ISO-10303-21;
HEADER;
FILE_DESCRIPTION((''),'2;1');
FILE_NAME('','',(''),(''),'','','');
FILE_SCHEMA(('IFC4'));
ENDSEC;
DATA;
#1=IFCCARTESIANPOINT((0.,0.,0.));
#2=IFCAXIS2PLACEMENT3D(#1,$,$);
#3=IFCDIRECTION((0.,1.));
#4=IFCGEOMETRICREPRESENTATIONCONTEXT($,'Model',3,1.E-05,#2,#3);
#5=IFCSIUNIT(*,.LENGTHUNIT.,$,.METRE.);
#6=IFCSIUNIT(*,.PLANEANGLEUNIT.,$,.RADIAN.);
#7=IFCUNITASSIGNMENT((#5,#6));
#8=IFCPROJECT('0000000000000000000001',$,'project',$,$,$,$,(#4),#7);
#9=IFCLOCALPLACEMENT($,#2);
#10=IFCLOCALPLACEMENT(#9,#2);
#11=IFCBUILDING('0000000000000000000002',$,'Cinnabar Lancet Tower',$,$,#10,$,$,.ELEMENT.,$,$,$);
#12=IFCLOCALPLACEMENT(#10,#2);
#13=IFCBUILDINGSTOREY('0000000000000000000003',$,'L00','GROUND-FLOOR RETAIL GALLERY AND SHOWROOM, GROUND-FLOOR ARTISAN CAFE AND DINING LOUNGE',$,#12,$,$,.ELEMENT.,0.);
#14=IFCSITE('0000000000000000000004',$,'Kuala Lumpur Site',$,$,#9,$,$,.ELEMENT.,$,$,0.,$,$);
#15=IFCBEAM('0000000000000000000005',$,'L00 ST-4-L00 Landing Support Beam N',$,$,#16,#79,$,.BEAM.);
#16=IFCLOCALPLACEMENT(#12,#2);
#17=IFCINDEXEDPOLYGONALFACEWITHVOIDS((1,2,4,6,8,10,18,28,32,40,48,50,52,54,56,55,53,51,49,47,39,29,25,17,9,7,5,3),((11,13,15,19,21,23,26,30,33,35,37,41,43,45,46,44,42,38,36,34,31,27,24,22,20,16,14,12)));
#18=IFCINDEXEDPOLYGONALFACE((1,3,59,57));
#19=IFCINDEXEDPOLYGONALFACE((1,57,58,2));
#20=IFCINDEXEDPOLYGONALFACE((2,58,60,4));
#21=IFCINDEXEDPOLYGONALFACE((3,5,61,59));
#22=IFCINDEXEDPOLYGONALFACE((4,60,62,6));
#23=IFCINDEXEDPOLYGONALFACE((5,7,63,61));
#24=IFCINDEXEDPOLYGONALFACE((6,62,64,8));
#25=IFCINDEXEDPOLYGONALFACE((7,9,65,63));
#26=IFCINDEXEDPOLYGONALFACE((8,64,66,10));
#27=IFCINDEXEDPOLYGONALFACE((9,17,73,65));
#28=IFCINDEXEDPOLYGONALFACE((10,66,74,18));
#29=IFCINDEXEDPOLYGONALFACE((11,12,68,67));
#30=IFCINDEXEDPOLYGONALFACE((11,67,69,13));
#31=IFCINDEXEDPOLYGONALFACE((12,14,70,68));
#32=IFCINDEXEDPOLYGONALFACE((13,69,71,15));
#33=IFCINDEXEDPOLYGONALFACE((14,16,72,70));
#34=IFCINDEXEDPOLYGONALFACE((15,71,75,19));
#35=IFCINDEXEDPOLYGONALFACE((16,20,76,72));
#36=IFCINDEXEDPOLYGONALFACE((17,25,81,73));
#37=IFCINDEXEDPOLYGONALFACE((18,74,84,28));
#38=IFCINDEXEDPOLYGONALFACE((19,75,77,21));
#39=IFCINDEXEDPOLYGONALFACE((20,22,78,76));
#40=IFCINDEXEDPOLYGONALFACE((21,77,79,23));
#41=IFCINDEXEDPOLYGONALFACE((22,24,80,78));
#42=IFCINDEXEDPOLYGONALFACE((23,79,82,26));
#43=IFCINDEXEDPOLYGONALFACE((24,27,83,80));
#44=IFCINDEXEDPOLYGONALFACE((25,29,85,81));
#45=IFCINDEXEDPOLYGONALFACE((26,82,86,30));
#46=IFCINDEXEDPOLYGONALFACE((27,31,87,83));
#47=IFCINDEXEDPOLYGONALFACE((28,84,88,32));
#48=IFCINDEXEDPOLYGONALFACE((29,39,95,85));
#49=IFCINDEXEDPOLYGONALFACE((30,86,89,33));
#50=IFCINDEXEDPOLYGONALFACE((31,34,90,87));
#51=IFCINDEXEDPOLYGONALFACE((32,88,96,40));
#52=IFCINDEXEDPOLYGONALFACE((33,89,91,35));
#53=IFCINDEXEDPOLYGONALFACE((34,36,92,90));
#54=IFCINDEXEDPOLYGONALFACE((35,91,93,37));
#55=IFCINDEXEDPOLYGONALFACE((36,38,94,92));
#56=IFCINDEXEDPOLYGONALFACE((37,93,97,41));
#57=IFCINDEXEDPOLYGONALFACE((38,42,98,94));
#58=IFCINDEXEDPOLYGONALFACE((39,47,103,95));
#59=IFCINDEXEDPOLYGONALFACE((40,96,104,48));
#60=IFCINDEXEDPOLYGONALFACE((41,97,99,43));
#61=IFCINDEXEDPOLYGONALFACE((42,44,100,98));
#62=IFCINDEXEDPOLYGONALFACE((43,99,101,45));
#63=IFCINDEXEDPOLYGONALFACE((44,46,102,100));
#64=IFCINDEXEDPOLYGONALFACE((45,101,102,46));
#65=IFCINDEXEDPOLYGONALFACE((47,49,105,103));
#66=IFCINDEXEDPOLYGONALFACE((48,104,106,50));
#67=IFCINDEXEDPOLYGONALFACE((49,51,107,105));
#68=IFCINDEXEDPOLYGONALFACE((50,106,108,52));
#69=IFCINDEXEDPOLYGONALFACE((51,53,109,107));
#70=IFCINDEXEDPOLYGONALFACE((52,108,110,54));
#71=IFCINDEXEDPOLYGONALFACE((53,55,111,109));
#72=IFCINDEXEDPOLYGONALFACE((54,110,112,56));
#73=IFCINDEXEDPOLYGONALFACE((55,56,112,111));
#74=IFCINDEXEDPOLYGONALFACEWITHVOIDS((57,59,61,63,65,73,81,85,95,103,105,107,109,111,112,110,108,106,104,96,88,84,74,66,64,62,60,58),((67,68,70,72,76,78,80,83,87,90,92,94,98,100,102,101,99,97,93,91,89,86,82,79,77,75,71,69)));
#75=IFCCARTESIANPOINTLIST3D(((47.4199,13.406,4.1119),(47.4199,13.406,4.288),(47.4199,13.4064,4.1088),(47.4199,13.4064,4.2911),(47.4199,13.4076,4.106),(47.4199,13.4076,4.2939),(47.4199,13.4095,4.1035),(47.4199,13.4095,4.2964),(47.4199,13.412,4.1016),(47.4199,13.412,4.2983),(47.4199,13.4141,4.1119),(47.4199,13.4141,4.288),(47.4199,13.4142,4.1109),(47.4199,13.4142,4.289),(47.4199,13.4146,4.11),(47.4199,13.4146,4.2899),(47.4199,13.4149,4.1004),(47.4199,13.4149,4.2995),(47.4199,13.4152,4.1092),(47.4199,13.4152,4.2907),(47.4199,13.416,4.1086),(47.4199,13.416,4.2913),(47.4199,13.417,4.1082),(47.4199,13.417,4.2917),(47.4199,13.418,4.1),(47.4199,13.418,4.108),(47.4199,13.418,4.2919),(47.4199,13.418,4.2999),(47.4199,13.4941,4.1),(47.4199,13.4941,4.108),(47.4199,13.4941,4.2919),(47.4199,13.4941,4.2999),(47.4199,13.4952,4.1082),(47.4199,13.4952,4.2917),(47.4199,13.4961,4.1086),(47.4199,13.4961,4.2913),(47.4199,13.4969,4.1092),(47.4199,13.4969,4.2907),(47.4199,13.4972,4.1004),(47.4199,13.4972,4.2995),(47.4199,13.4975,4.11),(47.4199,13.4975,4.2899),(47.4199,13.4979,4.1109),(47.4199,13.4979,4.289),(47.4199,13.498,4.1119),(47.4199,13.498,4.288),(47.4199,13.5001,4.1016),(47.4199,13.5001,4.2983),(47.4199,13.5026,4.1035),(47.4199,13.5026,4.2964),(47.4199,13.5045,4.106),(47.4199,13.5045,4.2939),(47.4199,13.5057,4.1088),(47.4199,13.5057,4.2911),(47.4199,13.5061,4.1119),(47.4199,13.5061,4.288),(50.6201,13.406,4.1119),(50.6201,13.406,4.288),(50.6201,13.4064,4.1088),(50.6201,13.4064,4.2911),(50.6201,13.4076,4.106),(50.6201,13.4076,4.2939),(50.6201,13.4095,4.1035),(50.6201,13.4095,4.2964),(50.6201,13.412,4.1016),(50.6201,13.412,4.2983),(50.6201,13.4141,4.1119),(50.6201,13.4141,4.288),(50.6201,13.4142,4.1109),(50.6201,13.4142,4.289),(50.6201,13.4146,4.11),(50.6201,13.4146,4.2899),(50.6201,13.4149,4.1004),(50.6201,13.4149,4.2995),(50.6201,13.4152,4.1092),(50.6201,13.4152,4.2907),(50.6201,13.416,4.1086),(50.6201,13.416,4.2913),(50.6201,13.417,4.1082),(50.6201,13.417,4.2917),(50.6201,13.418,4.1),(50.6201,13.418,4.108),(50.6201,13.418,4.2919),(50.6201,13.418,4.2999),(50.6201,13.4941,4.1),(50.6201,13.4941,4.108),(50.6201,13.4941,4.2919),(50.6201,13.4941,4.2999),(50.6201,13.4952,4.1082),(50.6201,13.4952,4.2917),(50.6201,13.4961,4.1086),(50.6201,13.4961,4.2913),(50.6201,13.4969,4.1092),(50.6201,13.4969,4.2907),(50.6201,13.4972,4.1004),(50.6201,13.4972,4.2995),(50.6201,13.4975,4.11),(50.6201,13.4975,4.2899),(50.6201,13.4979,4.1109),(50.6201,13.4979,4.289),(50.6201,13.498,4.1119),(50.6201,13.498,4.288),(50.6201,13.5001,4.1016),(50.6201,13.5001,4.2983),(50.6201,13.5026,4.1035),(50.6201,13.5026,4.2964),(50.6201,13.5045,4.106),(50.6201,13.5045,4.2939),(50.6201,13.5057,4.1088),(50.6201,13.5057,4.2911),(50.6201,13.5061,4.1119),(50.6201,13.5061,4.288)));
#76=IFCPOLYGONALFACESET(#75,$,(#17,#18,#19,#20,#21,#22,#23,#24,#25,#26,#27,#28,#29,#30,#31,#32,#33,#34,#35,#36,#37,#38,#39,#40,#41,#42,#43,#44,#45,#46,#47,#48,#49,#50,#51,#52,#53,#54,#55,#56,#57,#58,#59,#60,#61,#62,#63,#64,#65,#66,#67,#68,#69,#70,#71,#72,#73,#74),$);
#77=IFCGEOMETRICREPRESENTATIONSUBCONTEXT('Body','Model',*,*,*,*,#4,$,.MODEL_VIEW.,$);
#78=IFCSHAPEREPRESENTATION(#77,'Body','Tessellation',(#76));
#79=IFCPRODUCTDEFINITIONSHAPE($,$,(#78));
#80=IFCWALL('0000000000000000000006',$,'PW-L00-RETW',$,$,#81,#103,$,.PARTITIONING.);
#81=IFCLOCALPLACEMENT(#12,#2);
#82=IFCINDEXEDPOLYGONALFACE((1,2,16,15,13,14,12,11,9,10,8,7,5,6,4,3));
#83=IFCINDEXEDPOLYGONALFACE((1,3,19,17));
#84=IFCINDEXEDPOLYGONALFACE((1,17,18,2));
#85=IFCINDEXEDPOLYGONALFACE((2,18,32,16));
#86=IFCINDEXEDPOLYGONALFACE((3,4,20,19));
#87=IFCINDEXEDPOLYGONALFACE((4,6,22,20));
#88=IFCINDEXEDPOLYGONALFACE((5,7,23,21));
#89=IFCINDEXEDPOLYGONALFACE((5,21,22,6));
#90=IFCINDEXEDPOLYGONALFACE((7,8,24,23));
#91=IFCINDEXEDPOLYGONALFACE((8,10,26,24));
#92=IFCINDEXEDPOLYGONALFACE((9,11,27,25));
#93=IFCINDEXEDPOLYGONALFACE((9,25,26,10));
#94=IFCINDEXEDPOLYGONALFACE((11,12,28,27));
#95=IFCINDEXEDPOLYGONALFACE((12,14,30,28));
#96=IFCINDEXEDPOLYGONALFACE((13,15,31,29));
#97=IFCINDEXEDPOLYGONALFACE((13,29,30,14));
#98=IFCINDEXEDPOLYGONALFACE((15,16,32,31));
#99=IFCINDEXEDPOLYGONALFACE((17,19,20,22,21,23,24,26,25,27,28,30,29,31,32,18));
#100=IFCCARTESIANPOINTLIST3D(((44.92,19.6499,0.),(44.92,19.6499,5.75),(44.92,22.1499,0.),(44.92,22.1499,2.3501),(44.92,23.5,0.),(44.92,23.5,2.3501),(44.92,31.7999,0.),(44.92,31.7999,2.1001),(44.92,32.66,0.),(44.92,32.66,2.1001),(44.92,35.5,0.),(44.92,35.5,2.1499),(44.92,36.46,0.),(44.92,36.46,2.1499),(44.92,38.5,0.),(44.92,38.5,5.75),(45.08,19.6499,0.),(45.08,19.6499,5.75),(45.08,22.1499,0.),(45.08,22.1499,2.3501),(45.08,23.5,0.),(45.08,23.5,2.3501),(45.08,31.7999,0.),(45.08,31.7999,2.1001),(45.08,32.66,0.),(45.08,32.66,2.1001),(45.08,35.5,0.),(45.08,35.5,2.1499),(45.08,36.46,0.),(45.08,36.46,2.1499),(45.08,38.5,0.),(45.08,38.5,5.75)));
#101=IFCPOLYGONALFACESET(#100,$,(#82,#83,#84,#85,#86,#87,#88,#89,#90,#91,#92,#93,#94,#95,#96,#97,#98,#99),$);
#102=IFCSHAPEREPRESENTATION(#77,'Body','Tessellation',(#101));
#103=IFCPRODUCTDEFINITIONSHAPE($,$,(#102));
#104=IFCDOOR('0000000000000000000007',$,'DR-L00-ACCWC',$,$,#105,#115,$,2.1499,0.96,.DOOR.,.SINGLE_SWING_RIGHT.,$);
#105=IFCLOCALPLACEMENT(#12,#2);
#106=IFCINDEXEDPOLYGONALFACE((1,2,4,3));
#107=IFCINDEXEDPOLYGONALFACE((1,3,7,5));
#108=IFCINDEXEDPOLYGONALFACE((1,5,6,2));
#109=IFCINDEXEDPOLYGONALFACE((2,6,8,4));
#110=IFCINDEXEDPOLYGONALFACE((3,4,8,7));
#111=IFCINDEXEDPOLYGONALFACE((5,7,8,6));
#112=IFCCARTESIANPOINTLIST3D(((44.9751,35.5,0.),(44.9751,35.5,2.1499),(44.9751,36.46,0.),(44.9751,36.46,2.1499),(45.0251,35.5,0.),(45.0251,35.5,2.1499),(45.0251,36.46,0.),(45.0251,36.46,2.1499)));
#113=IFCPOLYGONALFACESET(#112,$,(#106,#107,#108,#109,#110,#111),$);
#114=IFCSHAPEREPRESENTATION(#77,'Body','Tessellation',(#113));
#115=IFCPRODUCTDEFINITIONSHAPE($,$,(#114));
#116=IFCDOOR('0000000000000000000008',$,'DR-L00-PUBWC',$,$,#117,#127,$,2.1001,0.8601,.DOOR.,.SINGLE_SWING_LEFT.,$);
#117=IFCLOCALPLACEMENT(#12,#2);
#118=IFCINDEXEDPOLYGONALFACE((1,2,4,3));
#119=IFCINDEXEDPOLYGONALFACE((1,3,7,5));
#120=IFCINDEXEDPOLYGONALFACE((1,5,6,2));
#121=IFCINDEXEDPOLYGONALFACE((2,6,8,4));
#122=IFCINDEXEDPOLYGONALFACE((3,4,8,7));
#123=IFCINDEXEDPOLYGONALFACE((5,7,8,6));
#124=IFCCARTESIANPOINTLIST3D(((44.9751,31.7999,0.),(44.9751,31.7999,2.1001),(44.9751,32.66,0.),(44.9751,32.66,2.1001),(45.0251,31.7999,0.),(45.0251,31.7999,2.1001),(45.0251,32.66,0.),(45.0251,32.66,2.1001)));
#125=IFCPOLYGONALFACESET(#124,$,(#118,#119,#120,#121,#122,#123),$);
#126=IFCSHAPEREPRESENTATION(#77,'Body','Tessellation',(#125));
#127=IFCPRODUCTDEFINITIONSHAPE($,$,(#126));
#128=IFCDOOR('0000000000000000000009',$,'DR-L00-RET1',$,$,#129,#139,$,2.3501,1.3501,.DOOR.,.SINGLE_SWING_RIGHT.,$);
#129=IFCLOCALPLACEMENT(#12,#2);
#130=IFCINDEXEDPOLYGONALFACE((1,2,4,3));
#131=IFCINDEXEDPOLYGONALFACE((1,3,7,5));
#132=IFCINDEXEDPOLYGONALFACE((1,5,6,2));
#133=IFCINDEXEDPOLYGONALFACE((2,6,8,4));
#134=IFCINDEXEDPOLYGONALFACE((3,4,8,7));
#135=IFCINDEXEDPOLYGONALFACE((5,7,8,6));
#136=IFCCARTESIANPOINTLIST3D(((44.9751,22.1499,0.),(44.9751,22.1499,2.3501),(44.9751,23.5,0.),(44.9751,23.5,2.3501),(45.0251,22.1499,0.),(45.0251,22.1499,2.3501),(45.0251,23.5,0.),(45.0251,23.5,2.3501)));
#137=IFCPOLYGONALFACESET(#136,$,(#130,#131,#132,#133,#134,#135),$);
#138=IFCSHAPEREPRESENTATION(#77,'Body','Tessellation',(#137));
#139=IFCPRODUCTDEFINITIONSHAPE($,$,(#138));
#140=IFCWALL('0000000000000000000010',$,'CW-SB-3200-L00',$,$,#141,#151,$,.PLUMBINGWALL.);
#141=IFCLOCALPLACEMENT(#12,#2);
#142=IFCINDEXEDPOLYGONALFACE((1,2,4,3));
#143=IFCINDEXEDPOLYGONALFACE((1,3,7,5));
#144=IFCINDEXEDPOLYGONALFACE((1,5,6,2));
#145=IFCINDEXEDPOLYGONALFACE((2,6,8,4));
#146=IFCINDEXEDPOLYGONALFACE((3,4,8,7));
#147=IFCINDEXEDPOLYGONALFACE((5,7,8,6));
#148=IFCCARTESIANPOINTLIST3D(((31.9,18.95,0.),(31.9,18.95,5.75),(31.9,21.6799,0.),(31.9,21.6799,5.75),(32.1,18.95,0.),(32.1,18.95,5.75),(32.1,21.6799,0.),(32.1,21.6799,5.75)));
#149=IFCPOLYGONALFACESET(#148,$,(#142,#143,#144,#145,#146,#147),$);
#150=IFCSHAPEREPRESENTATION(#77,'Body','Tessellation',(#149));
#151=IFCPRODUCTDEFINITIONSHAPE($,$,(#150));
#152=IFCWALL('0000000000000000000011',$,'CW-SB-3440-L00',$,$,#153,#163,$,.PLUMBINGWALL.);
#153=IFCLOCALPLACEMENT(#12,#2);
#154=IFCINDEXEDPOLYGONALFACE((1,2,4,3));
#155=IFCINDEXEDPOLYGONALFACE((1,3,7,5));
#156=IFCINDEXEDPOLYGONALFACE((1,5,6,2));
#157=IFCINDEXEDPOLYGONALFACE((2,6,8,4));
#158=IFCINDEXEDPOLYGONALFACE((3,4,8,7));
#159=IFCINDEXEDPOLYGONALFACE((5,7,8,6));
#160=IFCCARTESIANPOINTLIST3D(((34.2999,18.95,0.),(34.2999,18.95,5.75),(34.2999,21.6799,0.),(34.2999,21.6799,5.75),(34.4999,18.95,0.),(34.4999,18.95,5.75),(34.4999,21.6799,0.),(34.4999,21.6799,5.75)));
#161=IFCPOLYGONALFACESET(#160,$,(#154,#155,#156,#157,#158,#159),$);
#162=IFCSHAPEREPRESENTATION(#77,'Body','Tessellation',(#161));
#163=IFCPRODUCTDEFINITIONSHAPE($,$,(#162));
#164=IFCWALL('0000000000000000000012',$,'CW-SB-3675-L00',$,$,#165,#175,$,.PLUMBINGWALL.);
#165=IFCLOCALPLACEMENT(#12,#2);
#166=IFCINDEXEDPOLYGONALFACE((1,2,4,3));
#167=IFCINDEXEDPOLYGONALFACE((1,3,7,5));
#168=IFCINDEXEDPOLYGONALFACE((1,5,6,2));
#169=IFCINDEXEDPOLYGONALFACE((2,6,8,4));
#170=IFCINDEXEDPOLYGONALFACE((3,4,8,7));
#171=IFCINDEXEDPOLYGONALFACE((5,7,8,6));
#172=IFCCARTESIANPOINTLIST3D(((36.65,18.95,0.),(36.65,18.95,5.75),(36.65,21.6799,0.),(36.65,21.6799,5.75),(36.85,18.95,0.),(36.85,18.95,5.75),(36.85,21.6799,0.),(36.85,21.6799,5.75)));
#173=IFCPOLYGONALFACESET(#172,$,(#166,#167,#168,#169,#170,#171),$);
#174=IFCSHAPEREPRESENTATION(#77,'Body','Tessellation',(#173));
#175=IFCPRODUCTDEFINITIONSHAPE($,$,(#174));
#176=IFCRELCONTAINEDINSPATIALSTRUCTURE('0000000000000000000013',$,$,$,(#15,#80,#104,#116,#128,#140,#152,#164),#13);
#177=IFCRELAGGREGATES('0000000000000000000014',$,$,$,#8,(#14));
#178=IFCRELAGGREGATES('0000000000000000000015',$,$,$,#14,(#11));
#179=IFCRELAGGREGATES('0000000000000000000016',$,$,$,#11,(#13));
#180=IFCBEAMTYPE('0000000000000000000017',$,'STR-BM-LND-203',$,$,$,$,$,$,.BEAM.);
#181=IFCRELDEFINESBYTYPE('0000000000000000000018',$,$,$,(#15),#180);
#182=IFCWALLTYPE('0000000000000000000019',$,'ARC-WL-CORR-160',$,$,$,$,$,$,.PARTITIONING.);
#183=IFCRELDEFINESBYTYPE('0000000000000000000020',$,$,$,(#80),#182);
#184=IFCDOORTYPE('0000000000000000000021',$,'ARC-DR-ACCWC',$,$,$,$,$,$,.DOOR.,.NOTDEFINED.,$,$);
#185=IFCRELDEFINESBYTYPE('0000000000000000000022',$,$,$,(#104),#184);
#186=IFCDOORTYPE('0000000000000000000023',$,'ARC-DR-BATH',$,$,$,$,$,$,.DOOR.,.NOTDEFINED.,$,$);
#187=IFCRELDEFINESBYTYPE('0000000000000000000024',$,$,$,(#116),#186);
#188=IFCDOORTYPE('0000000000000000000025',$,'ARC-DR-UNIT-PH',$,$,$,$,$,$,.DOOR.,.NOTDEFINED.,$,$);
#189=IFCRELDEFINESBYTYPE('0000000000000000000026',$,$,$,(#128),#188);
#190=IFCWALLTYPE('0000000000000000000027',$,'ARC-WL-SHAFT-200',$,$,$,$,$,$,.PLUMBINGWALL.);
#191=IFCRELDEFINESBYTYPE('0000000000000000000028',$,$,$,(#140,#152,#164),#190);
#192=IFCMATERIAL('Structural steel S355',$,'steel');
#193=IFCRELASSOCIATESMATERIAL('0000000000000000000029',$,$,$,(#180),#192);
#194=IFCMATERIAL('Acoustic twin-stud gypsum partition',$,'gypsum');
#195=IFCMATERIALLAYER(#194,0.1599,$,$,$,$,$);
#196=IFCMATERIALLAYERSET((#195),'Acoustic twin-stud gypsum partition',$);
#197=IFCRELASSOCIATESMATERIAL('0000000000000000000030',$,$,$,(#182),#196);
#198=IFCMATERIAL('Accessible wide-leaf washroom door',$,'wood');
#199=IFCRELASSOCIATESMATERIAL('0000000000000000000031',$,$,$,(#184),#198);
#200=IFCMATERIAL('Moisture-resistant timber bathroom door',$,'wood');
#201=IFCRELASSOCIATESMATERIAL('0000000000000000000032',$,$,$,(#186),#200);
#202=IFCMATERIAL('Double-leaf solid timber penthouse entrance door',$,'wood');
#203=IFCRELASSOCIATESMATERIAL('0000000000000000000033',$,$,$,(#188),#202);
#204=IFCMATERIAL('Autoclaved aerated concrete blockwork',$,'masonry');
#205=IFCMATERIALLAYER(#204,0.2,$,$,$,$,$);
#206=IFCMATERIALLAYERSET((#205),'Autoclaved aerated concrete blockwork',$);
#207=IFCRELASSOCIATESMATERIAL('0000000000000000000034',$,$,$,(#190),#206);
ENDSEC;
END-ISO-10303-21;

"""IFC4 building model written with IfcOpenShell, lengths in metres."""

from ifc_helpers import new_model, si_unit, direction, frame, frame_2d, origin, origin_2d, place, context, subcontext, project, spatial, rectangle, hollow_rectangle, extrude, material, layer, layer_set, material_profile, profile_set, type_object, element, fill, save


model = new_model("IFC4")

# Units and contexts
model_context = context("Model", 3, precision=1e-05, world=origin(), true_north=direction((0.0, 1.0)))
body_context = subcontext(model_context, "Body", "Model", "MODEL_VIEW")
ifc_project = project(units=[si_unit("LENGTHUNIT", "METRE"), si_unit("PLANEANGLEUNIT", "RADIAN")], contexts=[model_context])

# Site, building, storey
site_placement = place(None, origin())
site = spatial("IfcSite", under=ifc_project, at=site_placement, Name="Kuala Lumpur Site", CompositionType="ELEMENT", RefElevation=0.0)
building_placement = place(site_placement, origin())
building = spatial("IfcBuilding", under=site, at=building_placement, Name="Cinnabar Lancet Tower", CompositionType="ELEMENT")
storey_placement = place(building_placement, origin())
storey = spatial("IfcBuildingStorey", under=building, at=storey_placement, Name="L00", Description="GROUND-FLOOR RETAIL GALLERY AND SHOWROOM, GROUND-FLOOR ARTISAN CAFE AND DINING LOUNGE", CompositionType="ELEMENT", Elevation=0.0)

# Beam
ifc_material_1 = material(Name="Structural steel S355", Category="steel")
ifc_material_profile_1 = material_profile(ifc_material_1, hollow_rectangle(XDim=0.1001, YDim=0.2, WallThickness=0.0081, InnerFilletRadius=0.0039, OuterFilletRadius=0.012, at=origin_2d()), Name="RHS 200x100x8")
ifc_profile_set_1 = profile_set([ifc_material_profile_1], Name="Structural steel S355")
beam_type_1 = type_object("IfcBeamType", Name="STR-BM-LND-203", PredefinedType="BEAM", material=ifc_profile_set_1)
for number, where, z_axis, x_axis, name in (
    (1, (47.4199, 13.4561, 4.2), (1.0, 0.0, 0.0), (0.0, 1.0, 0.0), "L00 ST-4-L00 Landing Support Beam N"),
):
    element("IfcBeam", number, at=place(storey_placement, frame(where, z_axis=z_axis, x_axis=x_axis)), inside=storey, type_object=beam_type_1, Name=name, PredefinedType="BEAM", context=body_context, shape_type="SweptSolid", body=[
        extrude(hollow_rectangle(XDim=0.1001, YDim=0.2, WallThickness=0.0081, InnerFilletRadius=0.0039, OuterFilletRadius=0.012, at=origin_2d()), origin(), (0.0, 0.0, 1.0), 3.2002),
    ])

# Wall, openings, doors
ifc_material_2 = material(Name="Acoustic twin-stud gypsum partition", Category="gypsum")
ifc_layer_1 = layer(ifc_material_2, 0.1599)
ifc_layer_set_1 = layer_set([ifc_layer_1], Name="Acoustic twin-stud gypsum partition")
wall_type_1 = type_object("IfcWallType", Name="ARC-WL-CORR-160", PredefinedType="PARTITIONING", material=ifc_layer_set_1)
wall_1_placement = place(storey_placement, frame((45.0, 19.6499, 0.0), z_axis=(0.0, 0.0, 1.0), x_axis=(0.0, 1.0, 0.0)))
wall_1 = element("IfcWall", 2, at=wall_1_placement, inside=storey, type_object=wall_type_1, Name="PW-L00-RETW", PredefinedType="PARTITIONING", context=body_context, shape_type="SweptSolid", body=[
    extrude(rectangle(XDim=18.8501, YDim=0.1599, at=frame_2d((9.425, 0.0))), origin(), (0.0, 0.0, 1.0), 5.75),
])
opening_1_placement = place(wall_1_placement, frame((2.5, 0.0, 0.0)))
opening_1 = element("IfcOpeningElement", 3, at=opening_1_placement, cuts=wall_1, PredefinedType="OPENING", context=body_context, shape_type="SweptSolid", body=[
    extrude(rectangle(XDim=1.3501, YDim=2.3501, at=frame_2d((0.675, 1.175))), frame((0.0, 0.0898, 0.0), z_axis=(0.0, -1.0, 0.0), x_axis=(1.0, 0.0, 0.0)), (0.0, 0.0, 1.0), 0.1799),
])
opening_2_placement = place(wall_1_placement, frame((12.1499, 0.0, 0.0)))
opening_2 = element("IfcOpeningElement", 4, at=opening_2_placement, cuts=wall_1, PredefinedType="OPENING", context=body_context, shape_type="SweptSolid", body=[
    extrude(rectangle(XDim=0.8601, YDim=2.1001, at=frame_2d((0.4302, 1.05))), frame((0.0, 0.0898, 0.0), z_axis=(0.0, -1.0, 0.0), x_axis=(1.0, 0.0, 0.0)), (0.0, 0.0, 1.0), 0.1799),
])
opening_3_placement = place(wall_1_placement, frame((15.8501, 0.0, 0.0)))
opening_3 = element("IfcOpeningElement", 5, at=opening_3_placement, cuts=wall_1, PredefinedType="OPENING", context=body_context, shape_type="SweptSolid", body=[
    extrude(rectangle(XDim=0.96, YDim=2.1499, at=frame_2d((0.48, 1.075))), frame((0.0, 0.0898, 0.0), z_axis=(0.0, -1.0, 0.0), x_axis=(1.0, 0.0, 0.0)), (0.0, 0.0, 1.0), 0.1799),
])
ifc_material_3 = material(Name="Accessible wide-leaf washroom door", Category="wood")
door_type_1 = type_object("IfcDoorType", Name="ARC-DR-ACCWC", OperationType="NOTDEFINED", PredefinedType="DOOR", material=ifc_material_3)
door_1_placement = place(opening_3_placement, origin())
door_1 = element("IfcDoor", 6, at=door_1_placement, inside=storey, type_object=door_type_1, Name="DR-L00-ACCWC", OperationType="SINGLE_SWING_RIGHT", OverallHeight=2.1499, OverallWidth=0.96, PredefinedType="DOOR", context=body_context, shape_type="SweptSolid", body=[
    extrude(rectangle(XDim=0.96, YDim=2.1499, at=frame_2d((0.48, 1.075))), frame((0.0, 0.0249, 0.0), z_axis=(0.0, -1.0, 0.0), x_axis=(1.0, 0.0, 0.0)), (0.0, 0.0, 1.0), 0.05),
])
fill(opening_3, door_1)
ifc_material_4 = material(Name="Moisture-resistant timber bathroom door", Category="wood")
door_type_2 = type_object("IfcDoorType", Name="ARC-DR-BATH", OperationType="NOTDEFINED", PredefinedType="DOOR", material=ifc_material_4)
door_2_placement = place(opening_2_placement, origin())
door_2 = element("IfcDoor", 7, at=door_2_placement, inside=storey, type_object=door_type_2, Name="DR-L00-PUBWC", OperationType="SINGLE_SWING_LEFT", OverallHeight=2.1001, OverallWidth=0.8601, PredefinedType="DOOR", context=body_context, shape_type="SweptSolid", body=[
    extrude(rectangle(XDim=0.8601, YDim=2.1001, at=frame_2d((0.4302, 1.05))), frame((0.0, 0.0249, 0.0), z_axis=(0.0, -1.0, 0.0), x_axis=(1.0, 0.0, 0.0)), (0.0, 0.0, 1.0), 0.05),
])
fill(opening_2, door_2)
ifc_material_5 = material(Name="Double-leaf solid timber penthouse entrance door", Category="wood")
door_type_3 = type_object("IfcDoorType", Name="ARC-DR-UNIT-PH", OperationType="NOTDEFINED", PredefinedType="DOOR", material=ifc_material_5)
door_3_placement = place(opening_1_placement, origin())
door_3 = element("IfcDoor", 8, at=door_3_placement, inside=storey, type_object=door_type_3, Name="DR-L00-RET1", OperationType="SINGLE_SWING_RIGHT", OverallHeight=2.3501, OverallWidth=1.3501, PredefinedType="DOOR", context=body_context, shape_type="SweptSolid", body=[
    extrude(rectangle(XDim=1.3501, YDim=2.3501, at=frame_2d((0.675, 1.175))), frame((0.0, 0.0249, 0.0), z_axis=(0.0, -1.0, 0.0), x_axis=(1.0, 0.0, 0.0)), (0.0, 0.0, 1.0), 0.05),
])
fill(opening_1, door_3)

# Walls
ifc_material_6 = material(Name="Autoclaved aerated concrete blockwork", Category="masonry")
ifc_layer_2 = layer(ifc_material_6, 0.2)
ifc_layer_set_2 = layer_set([ifc_layer_2], Name="Autoclaved aerated concrete blockwork")
wall_type_2 = type_object("IfcWallType", Name="ARC-WL-SHAFT-200", PredefinedType="PLUMBINGWALL", material=ifc_layer_set_2)
for number, where, z_axis, x_axis, name in (
    (9, (32.0, 18.95, 0.0), (0.0, 0.0, 1.0), (0.0, 1.0, 0.0), "CW-SB-3200-L00"),
    (10, (34.3999, 18.95, 0.0), (0.0, 0.0, 1.0), (0.0, 1.0, 0.0), "CW-SB-3440-L00"),
    (11, (36.75, 18.95, 0.0), (0.0, 0.0, 1.0), (0.0, 1.0, 0.0), "CW-SB-3675-L00"),
):
    element("IfcWall", number, at=place(storey_placement, frame(where, z_axis=z_axis, x_axis=x_axis)), inside=storey, type_object=wall_type_2, Name=name, PredefinedType="PLUMBINGWALL", context=body_context, shape_type="SweptSolid", body=[
        extrude(rectangle(XDim=2.73, YDim=0.2, at=frame_2d((1.365, 0.0))), origin(), (0.0, 0.0, 1.0), 5.75),
    ])

save(model, "model.ifc")
